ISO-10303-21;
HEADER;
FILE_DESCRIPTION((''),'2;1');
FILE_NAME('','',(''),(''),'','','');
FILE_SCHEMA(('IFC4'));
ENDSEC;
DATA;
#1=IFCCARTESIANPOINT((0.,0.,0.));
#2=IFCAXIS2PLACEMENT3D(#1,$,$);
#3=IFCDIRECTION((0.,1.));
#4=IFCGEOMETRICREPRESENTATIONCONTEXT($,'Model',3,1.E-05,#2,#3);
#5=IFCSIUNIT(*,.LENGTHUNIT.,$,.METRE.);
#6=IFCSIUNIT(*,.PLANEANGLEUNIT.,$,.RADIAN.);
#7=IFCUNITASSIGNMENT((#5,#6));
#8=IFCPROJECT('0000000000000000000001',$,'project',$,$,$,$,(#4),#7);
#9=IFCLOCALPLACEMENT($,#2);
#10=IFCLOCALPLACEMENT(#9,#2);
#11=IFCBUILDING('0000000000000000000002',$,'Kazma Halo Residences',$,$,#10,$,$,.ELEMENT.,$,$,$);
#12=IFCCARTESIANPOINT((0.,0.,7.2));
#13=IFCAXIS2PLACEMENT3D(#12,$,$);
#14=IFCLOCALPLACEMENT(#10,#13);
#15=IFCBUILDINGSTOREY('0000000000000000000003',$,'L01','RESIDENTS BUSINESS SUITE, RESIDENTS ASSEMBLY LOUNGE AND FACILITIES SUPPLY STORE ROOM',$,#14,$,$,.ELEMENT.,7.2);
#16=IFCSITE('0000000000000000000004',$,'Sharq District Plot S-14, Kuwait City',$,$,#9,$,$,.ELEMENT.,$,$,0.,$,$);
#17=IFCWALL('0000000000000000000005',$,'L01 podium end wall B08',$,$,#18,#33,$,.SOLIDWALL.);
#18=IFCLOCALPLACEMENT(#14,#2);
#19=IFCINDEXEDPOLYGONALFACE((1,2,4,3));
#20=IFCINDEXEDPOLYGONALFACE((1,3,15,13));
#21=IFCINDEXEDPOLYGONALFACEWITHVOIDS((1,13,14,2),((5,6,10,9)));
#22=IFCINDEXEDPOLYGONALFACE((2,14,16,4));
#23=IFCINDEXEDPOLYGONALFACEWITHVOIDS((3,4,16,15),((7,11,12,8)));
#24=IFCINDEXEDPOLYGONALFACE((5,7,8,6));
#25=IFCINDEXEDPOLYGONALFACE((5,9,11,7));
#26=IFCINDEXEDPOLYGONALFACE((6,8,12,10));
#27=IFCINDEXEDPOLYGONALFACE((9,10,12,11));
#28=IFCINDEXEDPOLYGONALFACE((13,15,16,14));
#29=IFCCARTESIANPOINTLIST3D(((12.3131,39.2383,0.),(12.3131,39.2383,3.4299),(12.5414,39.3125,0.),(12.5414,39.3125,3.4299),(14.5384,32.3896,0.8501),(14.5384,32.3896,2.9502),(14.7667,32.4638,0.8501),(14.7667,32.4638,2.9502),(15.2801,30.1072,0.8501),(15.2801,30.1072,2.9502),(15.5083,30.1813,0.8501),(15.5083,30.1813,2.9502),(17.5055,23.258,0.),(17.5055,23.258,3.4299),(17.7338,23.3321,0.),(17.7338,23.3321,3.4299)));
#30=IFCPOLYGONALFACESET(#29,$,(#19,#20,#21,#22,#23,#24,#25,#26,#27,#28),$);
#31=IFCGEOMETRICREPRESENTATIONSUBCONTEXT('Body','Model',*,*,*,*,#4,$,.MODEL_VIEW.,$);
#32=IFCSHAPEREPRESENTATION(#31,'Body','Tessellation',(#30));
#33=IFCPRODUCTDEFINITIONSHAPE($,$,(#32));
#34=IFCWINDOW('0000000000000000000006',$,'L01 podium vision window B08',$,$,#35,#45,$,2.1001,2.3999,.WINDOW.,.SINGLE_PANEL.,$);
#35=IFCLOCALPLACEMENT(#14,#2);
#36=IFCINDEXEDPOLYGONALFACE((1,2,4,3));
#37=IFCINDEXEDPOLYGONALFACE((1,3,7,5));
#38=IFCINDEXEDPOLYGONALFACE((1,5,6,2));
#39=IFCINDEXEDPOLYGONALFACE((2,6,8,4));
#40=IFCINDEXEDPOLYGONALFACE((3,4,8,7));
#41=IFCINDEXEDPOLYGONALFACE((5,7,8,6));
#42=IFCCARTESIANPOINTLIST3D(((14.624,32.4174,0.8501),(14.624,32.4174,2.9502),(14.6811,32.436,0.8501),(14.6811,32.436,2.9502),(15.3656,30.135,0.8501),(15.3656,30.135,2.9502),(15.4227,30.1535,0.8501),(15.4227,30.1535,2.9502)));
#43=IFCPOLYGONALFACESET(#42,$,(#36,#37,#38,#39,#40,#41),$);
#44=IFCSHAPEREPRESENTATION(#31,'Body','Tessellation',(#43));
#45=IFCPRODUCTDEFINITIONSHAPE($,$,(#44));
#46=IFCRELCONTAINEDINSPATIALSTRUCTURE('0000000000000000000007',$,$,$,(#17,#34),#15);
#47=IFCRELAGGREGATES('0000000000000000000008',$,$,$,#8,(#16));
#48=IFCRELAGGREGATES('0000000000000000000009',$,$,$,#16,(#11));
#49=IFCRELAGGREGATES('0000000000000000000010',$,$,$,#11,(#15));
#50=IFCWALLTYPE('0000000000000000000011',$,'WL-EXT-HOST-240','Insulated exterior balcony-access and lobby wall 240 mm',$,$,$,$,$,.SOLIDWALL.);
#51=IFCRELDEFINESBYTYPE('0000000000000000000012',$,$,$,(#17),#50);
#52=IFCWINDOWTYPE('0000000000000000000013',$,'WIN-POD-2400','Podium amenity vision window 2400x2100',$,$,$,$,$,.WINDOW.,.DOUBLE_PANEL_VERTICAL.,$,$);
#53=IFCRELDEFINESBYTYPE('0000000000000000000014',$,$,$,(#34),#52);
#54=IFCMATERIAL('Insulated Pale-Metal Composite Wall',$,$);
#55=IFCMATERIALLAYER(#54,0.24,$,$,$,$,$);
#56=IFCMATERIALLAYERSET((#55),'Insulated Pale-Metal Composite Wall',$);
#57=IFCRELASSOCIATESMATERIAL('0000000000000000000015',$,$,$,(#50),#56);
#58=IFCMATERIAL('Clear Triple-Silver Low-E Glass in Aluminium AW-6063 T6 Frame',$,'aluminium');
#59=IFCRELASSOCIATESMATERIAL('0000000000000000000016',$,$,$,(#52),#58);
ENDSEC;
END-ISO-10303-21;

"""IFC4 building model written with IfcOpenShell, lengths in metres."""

from ifc_helpers import new_model, si_unit, direction, frame, frame_2d, origin, place, context, subcontext, project, spatial, rectangle, extrude, material, layer, layer_set, type_object, element, fill, save


model = new_model("IFC4")

# Units and contexts
model_context = context("Model", 3, precision=1e-05, world=origin(), true_north=direction((0.0, 1.0)))
body_context = subcontext(model_context, "Body", "Model", "MODEL_VIEW")
ifc_project = project(units=[si_unit("LENGTHUNIT", "METRE"), si_unit("PLANEANGLEUNIT", "RADIAN")], contexts=[model_context])

# Site, building, storey
site_placement = place(None, origin())
site = spatial("IfcSite", under=ifc_project, at=site_placement, Name="Sharq District Plot S-14, Kuwait City", CompositionType="ELEMENT", RefElevation=0.0)
building_placement = place(site_placement, origin())
building = spatial("IfcBuilding", under=site, at=building_placement, Name="Kazma Halo Residences", CompositionType="ELEMENT")
storey_placement = place(building_placement, frame((0.0, 0.0, 7.2)))
storey = spatial("IfcBuildingStorey", under=building, at=storey_placement, Name="L01", Description="RESIDENTS BUSINESS SUITE, RESIDENTS ASSEMBLY LOUNGE AND FACILITIES SUPPLY STORE ROOM", CompositionType="ELEMENT", Elevation=7.2)

# Wall, opening, window
ifc_material_1 = material(Name="Insulated Pale-Metal Composite Wall")
ifc_layer_1 = layer(ifc_material_1, 0.24)
ifc_layer_set_1 = layer_set([ifc_layer_1], Name="Insulated Pale-Metal Composite Wall")
wall_type_1 = type_object("IfcWallType", Name="WL-EXT-HOST-240", Description="Insulated exterior balcony-access and lobby wall 240 mm", PredefinedType="SOLIDWALL", material=ifc_layer_set_1)
wall_1_placement = place(storey_placement, frame((12.4272, 39.2754, 0.0), z_axis=(0.0, 0.0, 1.0), x_axis=(0.309022, -0.951055, 0.0)))
wall_1 = element("IfcWall", 1, at=wall_1_placement, inside=storey, type_object=wall_type_1, Name="L01 podium end wall B08", PredefinedType="SOLIDWALL", context=body_context, shape_type="SweptSolid", body=[
    extrude(rectangle(XDim=16.8027, YDim=0.24, at=frame_2d((8.4014, 0.0))), origin(), (0.0, 0.0, 1.0), 3.4299),
])
opening_1_placement = place(wall_1_placement, frame((7.2012, 0.0, 0.8501)))
opening_1 = element("IfcOpeningElement", 2, at=opening_1_placement, cuts=wall_1, PredefinedType="OPENING", context=body_context, shape_type="SweptSolid", body=[
    extrude(rectangle(XDim=2.3999, YDim=2.1001, at=frame_2d((1.2, 1.05))), frame((0.0, 0.1299, 0.0), z_axis=(0.0, -1.0, 0.0), x_axis=(1.0, 0.0, 0.0)), (0.0, 0.0, 1.0), 0.26),
])
ifc_material_2 = material(Name="Clear Triple-Silver Low-E Glass in Aluminium AW-6063 T6 Frame", Category="aluminium")
window_type = type_object("IfcWindowType", Name="WIN-POD-2400", Description="Podium amenity vision window 2400x2100", PartitioningType="DOUBLE_PANEL_VERTICAL", PredefinedType="WINDOW", material=ifc_material_2)
window_placement = place(opening_1_placement, origin())
window = element("IfcWindow", 3, at=window_placement, inside=storey, type_object=window_type, Name="L01 podium vision window B08", OverallHeight=2.1001, OverallWidth=2.3999, PartitioningType="SINGLE_PANEL", PredefinedType="WINDOW", context=body_context, shape_type="SweptSolid", body=[
    extrude(rectangle(XDim=2.3999, YDim=2.1001, at=frame_2d((1.2, 1.05))), frame((0.0, 0.03, 0.0), z_axis=(0.0, -1.0, 0.0), x_axis=(1.0, 0.0, 0.0)), (0.0, 0.0, 1.0), 0.0601),
])
fill(opening_1, window)

save(model, "model.ifc")
